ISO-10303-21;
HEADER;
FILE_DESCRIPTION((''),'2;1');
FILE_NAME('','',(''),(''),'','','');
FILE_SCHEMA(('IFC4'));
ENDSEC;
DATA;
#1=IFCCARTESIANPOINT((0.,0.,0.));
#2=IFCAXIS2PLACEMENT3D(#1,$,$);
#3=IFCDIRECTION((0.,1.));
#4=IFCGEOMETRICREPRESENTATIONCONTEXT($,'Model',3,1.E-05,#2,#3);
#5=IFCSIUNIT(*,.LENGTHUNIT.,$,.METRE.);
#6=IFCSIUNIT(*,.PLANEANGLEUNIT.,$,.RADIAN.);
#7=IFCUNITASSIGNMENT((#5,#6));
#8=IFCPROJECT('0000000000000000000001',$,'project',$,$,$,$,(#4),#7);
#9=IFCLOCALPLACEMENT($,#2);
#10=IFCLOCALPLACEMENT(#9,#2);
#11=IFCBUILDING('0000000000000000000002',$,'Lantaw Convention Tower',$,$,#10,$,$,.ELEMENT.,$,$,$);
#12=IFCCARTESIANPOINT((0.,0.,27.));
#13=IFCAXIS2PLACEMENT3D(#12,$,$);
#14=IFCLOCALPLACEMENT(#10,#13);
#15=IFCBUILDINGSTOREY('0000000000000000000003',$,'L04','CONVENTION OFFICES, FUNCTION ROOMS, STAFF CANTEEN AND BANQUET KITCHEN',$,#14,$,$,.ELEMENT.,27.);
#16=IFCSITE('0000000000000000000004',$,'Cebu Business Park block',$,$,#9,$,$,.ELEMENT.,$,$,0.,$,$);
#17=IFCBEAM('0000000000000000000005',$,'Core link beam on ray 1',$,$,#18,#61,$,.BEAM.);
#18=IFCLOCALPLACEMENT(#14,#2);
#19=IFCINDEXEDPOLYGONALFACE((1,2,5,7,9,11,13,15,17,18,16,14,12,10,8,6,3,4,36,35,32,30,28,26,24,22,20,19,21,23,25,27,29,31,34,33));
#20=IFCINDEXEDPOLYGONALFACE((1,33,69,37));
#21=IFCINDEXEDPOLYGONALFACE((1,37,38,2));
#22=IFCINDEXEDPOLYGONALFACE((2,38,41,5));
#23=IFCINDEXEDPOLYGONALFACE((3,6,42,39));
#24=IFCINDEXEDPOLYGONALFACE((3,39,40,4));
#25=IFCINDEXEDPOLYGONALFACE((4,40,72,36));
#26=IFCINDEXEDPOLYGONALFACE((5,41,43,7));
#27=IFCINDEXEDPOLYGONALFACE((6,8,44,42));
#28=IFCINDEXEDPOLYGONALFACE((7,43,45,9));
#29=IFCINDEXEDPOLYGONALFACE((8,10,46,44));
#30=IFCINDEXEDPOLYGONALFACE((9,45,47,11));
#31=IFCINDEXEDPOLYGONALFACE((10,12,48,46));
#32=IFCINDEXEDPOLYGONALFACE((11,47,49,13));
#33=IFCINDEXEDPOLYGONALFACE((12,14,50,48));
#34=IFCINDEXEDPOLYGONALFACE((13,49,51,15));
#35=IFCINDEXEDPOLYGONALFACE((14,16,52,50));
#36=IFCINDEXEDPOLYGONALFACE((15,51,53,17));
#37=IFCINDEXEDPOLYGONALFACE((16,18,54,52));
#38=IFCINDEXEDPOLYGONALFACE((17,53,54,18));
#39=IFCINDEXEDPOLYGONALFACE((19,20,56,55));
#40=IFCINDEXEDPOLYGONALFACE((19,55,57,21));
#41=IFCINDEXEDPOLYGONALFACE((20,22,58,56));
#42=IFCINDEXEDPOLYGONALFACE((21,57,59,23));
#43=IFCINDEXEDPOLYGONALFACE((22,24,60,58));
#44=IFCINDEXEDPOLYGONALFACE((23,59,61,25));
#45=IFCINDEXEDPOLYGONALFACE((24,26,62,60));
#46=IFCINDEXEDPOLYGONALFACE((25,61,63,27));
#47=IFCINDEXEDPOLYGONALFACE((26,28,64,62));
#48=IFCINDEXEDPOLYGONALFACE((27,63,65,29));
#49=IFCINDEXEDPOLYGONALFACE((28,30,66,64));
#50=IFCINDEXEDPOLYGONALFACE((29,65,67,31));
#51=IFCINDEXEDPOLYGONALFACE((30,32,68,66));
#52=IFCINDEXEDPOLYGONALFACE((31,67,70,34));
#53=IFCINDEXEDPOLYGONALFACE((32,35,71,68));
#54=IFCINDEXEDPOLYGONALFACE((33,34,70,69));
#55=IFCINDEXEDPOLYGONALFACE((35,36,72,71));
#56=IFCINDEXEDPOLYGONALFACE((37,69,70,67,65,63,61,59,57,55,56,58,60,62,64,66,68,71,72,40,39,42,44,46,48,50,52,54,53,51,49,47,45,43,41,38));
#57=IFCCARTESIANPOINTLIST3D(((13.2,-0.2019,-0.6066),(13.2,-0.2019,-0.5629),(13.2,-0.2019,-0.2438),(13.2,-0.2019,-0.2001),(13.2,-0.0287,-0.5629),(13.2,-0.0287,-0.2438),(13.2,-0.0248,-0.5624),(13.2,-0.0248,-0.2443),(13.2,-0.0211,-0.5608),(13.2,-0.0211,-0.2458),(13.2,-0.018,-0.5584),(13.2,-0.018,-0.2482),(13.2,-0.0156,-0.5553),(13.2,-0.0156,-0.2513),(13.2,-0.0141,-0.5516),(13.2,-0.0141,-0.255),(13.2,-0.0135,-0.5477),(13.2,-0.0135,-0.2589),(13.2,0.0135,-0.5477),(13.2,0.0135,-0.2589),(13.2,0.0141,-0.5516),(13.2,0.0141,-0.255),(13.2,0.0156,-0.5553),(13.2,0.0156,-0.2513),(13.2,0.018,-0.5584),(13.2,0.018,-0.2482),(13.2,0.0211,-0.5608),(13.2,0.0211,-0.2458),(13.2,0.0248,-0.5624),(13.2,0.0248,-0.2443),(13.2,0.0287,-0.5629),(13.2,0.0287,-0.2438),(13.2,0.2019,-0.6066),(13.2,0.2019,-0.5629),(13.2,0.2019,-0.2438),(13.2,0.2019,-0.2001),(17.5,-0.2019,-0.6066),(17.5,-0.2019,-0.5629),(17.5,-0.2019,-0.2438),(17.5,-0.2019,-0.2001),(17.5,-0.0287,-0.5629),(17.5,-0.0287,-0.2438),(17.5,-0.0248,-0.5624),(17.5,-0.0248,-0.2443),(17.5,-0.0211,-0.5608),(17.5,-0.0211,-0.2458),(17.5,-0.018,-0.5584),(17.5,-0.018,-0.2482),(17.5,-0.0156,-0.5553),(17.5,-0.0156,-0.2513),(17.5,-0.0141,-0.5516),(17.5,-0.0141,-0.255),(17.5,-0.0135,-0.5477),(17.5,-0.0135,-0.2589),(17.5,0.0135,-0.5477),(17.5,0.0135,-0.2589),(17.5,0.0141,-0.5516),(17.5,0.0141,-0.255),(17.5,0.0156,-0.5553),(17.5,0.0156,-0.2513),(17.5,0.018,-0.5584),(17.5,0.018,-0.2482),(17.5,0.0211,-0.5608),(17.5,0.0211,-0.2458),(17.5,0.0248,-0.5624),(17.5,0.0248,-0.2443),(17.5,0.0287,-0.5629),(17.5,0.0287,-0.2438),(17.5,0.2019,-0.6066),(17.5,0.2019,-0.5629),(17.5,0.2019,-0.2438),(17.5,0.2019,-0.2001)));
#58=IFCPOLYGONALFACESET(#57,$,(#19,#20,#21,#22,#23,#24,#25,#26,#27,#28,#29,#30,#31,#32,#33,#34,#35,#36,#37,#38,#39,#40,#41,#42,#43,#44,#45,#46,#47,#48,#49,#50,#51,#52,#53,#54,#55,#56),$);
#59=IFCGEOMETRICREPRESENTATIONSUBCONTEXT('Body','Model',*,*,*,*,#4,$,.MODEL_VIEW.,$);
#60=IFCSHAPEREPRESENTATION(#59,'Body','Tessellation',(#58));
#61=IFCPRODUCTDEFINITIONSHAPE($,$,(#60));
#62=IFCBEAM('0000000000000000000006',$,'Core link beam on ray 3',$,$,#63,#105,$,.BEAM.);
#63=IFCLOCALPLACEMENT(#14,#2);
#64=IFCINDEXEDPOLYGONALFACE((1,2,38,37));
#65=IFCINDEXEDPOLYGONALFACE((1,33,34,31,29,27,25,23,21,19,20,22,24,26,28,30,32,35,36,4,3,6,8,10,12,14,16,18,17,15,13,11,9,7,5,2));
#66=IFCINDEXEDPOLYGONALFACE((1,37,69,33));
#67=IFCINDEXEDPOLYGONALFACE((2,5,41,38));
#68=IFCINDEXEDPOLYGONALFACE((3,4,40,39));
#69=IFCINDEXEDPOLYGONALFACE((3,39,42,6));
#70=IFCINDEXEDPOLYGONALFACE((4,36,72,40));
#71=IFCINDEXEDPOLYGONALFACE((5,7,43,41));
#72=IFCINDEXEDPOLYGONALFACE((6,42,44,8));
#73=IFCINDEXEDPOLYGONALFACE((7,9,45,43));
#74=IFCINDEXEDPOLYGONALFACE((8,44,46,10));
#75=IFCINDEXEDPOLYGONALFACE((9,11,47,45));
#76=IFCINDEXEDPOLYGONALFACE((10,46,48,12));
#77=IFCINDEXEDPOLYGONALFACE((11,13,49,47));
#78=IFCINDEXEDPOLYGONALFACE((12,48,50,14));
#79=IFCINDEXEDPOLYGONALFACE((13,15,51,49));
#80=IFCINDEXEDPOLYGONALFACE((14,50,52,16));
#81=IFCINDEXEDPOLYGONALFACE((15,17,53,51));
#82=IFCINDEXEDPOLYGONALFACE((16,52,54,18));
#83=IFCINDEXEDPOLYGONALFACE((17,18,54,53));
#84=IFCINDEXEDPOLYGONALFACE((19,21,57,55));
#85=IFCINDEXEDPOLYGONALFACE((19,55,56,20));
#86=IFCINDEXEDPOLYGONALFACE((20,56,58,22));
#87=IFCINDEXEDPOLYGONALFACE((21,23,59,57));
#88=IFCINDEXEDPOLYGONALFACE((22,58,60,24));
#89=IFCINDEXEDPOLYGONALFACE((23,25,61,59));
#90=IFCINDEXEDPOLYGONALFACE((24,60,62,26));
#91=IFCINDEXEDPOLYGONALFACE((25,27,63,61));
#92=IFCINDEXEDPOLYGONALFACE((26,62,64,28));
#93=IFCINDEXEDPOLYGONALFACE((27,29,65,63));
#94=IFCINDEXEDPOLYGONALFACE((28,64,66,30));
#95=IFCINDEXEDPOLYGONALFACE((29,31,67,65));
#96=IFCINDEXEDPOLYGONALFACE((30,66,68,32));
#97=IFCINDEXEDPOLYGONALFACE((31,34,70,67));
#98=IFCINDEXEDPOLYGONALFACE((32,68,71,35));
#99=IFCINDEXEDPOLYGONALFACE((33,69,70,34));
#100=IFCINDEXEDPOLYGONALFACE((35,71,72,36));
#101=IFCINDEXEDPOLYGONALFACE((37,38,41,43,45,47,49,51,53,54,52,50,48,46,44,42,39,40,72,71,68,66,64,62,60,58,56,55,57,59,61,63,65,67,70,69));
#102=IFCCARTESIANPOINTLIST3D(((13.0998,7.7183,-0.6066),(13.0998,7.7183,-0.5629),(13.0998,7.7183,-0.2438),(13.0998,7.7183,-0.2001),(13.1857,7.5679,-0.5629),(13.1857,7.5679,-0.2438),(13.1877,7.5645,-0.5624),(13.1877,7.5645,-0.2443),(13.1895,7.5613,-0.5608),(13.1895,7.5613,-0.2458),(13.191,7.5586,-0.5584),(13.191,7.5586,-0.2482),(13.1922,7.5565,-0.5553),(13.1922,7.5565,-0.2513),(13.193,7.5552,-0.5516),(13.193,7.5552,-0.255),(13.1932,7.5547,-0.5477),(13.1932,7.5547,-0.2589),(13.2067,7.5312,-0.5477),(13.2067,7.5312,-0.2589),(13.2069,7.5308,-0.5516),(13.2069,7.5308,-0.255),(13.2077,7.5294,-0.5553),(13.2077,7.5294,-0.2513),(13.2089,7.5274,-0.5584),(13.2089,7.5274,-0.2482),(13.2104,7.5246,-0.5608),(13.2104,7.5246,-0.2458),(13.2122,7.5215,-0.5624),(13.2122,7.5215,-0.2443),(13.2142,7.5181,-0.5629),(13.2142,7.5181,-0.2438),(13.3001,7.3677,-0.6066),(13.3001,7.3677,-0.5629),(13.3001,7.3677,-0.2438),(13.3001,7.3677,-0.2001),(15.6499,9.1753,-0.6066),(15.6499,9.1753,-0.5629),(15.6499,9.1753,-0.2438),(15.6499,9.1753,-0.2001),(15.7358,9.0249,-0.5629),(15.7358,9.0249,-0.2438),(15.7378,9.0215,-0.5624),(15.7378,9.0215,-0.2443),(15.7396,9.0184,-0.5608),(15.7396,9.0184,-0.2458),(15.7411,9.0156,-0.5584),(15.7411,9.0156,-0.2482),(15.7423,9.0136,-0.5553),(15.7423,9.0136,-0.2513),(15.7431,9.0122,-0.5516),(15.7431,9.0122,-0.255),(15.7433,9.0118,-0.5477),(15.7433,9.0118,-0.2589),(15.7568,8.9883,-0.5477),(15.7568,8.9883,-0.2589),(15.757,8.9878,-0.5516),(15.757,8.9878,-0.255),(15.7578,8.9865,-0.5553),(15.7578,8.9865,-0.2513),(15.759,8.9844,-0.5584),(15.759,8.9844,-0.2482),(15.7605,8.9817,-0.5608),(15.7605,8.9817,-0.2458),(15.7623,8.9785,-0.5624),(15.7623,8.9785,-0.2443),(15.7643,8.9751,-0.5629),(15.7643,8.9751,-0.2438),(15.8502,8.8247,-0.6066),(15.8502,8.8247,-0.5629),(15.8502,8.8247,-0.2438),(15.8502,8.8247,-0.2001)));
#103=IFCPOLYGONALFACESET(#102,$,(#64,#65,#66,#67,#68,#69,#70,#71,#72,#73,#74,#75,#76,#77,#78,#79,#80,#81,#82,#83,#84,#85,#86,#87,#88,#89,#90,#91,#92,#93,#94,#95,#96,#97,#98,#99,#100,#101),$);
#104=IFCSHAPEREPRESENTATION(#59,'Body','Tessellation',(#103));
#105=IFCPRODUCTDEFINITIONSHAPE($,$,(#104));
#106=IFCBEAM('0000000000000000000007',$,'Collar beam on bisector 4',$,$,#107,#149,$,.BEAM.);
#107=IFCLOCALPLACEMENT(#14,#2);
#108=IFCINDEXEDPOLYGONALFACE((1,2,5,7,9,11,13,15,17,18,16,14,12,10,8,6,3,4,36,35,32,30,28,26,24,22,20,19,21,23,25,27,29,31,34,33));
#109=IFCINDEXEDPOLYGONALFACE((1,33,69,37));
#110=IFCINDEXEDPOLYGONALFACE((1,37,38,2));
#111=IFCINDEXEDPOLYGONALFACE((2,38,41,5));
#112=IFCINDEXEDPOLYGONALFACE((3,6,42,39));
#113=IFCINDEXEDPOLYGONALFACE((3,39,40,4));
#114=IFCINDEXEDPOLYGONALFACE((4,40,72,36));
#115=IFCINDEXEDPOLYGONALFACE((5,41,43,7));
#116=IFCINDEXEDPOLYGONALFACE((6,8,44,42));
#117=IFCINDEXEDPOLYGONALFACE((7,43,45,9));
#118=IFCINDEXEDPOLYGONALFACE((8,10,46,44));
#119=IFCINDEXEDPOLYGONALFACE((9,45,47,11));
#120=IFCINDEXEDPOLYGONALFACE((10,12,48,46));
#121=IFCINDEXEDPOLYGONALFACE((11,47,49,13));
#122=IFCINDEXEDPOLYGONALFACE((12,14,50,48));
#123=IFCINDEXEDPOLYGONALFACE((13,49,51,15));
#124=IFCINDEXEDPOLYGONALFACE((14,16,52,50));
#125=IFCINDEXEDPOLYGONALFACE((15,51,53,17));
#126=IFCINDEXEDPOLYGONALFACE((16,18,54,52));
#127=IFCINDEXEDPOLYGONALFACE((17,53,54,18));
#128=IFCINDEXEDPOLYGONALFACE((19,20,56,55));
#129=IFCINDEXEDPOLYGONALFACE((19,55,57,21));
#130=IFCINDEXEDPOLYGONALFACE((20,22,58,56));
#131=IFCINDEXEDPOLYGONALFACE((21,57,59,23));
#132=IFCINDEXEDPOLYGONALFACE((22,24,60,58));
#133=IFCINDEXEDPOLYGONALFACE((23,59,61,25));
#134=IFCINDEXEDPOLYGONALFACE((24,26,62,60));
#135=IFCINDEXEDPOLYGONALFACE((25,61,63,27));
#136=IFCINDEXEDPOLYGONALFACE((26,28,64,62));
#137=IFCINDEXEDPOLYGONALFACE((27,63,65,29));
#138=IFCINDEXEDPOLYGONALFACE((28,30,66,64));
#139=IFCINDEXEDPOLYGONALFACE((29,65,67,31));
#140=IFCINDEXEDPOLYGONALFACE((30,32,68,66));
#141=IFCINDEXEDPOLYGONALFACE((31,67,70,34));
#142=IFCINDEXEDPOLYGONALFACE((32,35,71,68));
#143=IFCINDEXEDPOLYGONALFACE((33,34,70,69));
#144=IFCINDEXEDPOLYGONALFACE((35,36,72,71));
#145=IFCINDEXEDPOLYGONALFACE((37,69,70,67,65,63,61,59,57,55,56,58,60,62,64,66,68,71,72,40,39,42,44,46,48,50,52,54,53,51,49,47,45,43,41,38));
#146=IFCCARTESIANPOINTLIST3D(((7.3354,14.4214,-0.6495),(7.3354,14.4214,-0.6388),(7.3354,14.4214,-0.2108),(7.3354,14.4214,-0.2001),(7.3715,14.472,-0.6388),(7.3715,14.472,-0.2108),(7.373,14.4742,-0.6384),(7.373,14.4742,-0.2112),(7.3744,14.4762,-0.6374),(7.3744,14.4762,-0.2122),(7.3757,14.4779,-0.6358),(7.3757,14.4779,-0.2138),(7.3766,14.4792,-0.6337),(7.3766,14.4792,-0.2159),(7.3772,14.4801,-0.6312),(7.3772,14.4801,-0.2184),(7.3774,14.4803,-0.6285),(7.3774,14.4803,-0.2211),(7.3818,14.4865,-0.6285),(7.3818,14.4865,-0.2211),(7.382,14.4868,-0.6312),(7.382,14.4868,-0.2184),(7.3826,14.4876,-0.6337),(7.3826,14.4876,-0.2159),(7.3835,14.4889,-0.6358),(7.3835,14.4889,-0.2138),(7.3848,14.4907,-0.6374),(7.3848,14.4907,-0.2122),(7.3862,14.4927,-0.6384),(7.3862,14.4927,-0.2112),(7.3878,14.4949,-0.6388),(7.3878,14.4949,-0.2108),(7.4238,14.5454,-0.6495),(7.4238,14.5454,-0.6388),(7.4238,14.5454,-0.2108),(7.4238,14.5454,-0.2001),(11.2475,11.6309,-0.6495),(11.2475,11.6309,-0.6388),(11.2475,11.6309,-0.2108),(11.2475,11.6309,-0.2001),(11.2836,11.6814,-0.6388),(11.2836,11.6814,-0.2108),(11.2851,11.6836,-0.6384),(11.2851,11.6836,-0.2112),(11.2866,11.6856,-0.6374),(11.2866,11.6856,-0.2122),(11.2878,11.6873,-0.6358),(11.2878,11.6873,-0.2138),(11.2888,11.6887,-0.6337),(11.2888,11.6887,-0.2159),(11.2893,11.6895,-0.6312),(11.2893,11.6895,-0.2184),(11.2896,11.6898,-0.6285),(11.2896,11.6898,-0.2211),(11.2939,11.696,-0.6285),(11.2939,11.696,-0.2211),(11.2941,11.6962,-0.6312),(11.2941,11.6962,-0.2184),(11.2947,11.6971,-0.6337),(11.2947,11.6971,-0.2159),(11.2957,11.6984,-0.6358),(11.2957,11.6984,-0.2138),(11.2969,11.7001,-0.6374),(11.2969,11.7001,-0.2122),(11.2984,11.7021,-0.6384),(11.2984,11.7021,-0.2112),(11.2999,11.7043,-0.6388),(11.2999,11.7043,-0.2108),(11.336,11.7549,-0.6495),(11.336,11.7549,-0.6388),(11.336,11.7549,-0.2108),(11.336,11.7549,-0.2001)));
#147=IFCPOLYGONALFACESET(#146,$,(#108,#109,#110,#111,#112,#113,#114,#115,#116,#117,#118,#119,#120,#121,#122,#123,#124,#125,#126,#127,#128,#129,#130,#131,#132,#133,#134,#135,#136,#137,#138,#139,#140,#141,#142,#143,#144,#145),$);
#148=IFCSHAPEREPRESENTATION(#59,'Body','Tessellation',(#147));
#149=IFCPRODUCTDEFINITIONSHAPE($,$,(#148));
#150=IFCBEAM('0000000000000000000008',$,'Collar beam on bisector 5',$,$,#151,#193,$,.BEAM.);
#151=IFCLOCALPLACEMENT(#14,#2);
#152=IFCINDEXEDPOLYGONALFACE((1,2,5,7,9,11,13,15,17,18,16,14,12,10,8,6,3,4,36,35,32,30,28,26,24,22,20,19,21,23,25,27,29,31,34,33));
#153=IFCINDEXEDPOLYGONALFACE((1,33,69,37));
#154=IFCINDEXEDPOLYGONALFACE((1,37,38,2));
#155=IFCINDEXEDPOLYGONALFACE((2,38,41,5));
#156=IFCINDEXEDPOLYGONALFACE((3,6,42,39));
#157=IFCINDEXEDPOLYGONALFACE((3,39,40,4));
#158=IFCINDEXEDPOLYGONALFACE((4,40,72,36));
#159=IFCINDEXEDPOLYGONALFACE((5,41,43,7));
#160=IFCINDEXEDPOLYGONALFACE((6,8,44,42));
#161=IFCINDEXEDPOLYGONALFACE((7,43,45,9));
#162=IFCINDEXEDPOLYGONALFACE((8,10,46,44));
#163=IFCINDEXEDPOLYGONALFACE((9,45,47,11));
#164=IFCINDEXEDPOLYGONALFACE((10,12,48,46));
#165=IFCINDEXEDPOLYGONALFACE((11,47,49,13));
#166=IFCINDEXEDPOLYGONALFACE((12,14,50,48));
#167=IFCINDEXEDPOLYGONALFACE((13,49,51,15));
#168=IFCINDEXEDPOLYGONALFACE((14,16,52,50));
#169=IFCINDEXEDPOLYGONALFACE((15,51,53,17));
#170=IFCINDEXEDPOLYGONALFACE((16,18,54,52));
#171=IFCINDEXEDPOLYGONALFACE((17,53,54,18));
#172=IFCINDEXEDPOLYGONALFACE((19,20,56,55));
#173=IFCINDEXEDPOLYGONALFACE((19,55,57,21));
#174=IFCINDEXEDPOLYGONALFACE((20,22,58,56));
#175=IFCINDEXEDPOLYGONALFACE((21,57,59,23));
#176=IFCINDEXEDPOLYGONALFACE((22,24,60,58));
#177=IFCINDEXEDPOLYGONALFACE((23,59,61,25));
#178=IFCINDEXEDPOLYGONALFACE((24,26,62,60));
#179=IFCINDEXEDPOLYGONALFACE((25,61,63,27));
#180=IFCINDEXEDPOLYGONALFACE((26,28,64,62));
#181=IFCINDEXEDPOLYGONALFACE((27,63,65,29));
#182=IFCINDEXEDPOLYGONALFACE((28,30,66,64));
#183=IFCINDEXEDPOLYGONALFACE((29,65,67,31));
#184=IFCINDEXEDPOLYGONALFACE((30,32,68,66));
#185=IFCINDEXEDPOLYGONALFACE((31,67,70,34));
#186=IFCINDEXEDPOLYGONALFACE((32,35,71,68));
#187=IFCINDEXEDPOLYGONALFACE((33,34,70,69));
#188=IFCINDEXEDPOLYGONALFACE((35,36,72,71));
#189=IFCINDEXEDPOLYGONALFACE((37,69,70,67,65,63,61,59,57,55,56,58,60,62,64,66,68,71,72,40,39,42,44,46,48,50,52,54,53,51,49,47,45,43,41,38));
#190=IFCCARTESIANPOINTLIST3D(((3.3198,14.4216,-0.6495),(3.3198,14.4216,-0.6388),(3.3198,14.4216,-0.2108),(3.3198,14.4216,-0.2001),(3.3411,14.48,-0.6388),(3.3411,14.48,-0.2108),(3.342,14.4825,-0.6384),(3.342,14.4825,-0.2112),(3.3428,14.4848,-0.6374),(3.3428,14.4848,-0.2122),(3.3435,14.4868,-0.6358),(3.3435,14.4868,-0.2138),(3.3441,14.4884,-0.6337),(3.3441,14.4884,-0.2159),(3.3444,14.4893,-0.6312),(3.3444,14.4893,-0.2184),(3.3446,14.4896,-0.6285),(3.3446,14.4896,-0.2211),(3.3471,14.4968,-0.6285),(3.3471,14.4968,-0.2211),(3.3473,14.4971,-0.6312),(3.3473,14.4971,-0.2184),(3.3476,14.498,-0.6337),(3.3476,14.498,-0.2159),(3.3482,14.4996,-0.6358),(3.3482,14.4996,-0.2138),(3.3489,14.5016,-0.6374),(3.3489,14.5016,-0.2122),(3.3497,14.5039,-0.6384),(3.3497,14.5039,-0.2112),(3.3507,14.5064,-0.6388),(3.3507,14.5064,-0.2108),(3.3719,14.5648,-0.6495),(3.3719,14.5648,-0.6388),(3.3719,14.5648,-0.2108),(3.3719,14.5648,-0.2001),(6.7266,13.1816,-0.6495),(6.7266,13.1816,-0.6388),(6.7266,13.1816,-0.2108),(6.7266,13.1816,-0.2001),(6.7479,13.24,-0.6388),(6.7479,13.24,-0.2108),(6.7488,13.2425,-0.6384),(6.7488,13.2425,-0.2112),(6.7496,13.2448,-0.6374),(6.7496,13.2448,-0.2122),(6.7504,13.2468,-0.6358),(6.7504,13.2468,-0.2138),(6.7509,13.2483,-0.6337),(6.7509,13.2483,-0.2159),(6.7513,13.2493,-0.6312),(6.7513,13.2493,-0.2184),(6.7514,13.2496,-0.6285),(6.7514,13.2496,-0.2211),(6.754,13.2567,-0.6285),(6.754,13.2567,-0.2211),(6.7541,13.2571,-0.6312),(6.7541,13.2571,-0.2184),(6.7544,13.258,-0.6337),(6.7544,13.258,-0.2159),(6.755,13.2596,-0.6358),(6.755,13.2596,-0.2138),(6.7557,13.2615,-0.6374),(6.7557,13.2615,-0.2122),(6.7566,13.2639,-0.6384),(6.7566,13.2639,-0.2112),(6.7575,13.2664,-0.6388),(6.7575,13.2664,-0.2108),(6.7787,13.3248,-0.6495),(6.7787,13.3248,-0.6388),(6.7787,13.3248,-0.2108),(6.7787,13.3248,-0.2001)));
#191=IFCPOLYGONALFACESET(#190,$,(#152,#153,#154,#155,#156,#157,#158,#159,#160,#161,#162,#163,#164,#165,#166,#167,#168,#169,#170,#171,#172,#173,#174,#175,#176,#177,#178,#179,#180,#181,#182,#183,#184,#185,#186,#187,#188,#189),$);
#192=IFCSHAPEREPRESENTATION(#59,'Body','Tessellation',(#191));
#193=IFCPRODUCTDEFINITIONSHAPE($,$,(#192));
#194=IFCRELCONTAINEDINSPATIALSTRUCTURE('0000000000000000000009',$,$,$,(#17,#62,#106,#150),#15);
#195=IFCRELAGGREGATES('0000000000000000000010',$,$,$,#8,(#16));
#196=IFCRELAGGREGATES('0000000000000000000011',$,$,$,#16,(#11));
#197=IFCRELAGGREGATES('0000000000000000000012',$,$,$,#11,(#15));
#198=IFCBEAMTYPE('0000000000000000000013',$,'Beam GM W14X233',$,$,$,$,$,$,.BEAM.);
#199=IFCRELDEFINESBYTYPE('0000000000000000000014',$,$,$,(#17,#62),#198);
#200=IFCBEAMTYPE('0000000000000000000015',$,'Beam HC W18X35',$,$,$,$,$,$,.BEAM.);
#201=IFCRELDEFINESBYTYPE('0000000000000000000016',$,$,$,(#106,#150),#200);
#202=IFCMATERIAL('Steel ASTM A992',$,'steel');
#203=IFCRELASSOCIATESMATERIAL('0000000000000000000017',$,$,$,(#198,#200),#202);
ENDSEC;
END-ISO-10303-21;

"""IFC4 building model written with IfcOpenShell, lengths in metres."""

from ifc_helpers import new_model, si_unit, direction, frame, origin, origin_2d, place, context, subcontext, project, spatial, i_section, extrude, material, material_profile, profile_set, type_object, element, save


model = new_model("IFC4")

# Units and contexts
model_context = context("Model", 3, precision=1e-05, world=origin(), true_north=direction((0.0, 1.0)))
body_context = subcontext(model_context, "Body", "Model", "MODEL_VIEW")
ifc_project = project(units=[si_unit("LENGTHUNIT", "METRE"), si_unit("PLANEANGLEUNIT", "RADIAN")], contexts=[model_context])

# Site, building, storey
site_placement = place(None, origin())
site = spatial("IfcSite", under=ifc_project, at=site_placement, Name="Cebu Business Park block", CompositionType="ELEMENT", RefElevation=0.0)
building_placement = place(site_placement, origin())
building = spatial("IfcBuilding", under=site, at=building_placement, Name="Lantaw Convention Tower", CompositionType="ELEMENT")
storey_placement = place(building_placement, frame((0.0, 0.0, 27.0)))
storey = spatial("IfcBuildingStorey", under=building, at=storey_placement, Name="L04", Description="CONVENTION OFFICES, FUNCTION ROOMS, STAFF CANTEEN AND BANQUET KITCHEN", CompositionType="ELEMENT", Elevation=27.0)

# Beams
ifc_material_1 = material(Name="Steel ASTM A992", Category="steel")
ifc_material_profile_1 = material_profile(ifc_material_1, i_section(OverallWidth=0.4038, OverallDepth=0.4065, WebThickness=0.0271, FlangeThickness=0.0437, FilletRadius=0.0151, at=origin_2d()), Name="W14X233")
ifc_profile_set_1 = profile_set([ifc_material_profile_1], Name="Steel ASTM A992")
beam_type_1 = type_object("IfcBeamType", Name="Beam GM W14X233", PredefinedType="BEAM", material=ifc_profile_set_1)
beam_1_placement = place(storey_placement, frame((13.2, 0.0, -0.4033), z_axis=(1.0, 0.0, 0.0), x_axis=(0.0, 1.0, 0.0)))
element("IfcBeam", 1, at=beam_1_placement, inside=storey, type_object=beam_type_1, Name="Core link beam on ray 1", PredefinedType="BEAM", context=body_context, shape_type="SweptSolid", body=[
    extrude(i_section(OverallWidth=0.4038, OverallDepth=0.4065, WebThickness=0.0271, FlangeThickness=0.0437, FilletRadius=0.0151, at=origin_2d()), origin(), (0.0, 0.0, 1.0), 4.3),
])
beam_2_placement = place(storey_placement, frame((13.2, 7.543, -0.4033), z_axis=(0.868264, 0.496103, 0.0), x_axis=(-0.496103, 0.868264, 0.0)))
element("IfcBeam", 2, at=beam_2_placement, inside=storey, type_object=beam_type_1, Name="Core link beam on ray 3", PredefinedType="BEAM", context=body_context, shape_type="SweptSolid", body=[
    extrude(i_section(OverallWidth=0.4038, OverallDepth=0.4065, WebThickness=0.0271, FlangeThickness=0.0437, FilletRadius=0.0151, at=origin_2d()), origin(), (0.0, 0.0, 1.0), 2.937),
])
ifc_material_profile_2 = material_profile(ifc_material_1, i_section(OverallWidth=0.1523, OverallDepth=0.4495, WebThickness=0.0076, FlangeThickness=0.0107, FilletRadius=0.0103, at=origin_2d()), Name="W18X35")
ifc_profile_set_2 = profile_set([ifc_material_profile_2], Name="Steel ASTM A992")
beam_type_2 = type_object("IfcBeamType", Name="Beam HC W18X35", PredefinedType="BEAM", material=ifc_profile_set_2)
beam_3_placement = place(storey_placement, frame((11.2917, 11.6929, -0.4248), z_axis=(-0.814111, 0.580709, 0.0), x_axis=(-0.580709, -0.814111, 0.0)))
element("IfcBeam", 3, at=beam_3_placement, inside=storey, type_object=beam_type_2, Name="Collar beam on bisector 4", PredefinedType="BEAM", context=body_context, shape_type="SweptSolid", body=[
    extrude(i_section(OverallWidth=0.1523, OverallDepth=0.4495, WebThickness=0.0076, FlangeThickness=0.0107, FilletRadius=0.0103, at=origin_2d()), origin(), (0.0, 0.0, 1.0), 4.8054),
])
beam_4_placement = place(storey_placement, frame((6.7527, 13.2532, -0.4248), z_axis=(-0.939689, 0.34203, 0.0), x_axis=(-0.34203, -0.939689, 0.0)))
element("IfcBeam", 4, at=beam_4_placement, inside=storey, type_object=beam_type_2, Name="Collar beam on bisector 5", PredefinedType="BEAM", context=body_context, shape_type="SweptSolid", body=[
    extrude(i_section(OverallWidth=0.1523, OverallDepth=0.4495, WebThickness=0.0076, FlangeThickness=0.0107, FilletRadius=0.0103, at=origin_2d()), origin(), (0.0, 0.0, 1.0), 3.6255),
])

save(model, "model.ifc")
